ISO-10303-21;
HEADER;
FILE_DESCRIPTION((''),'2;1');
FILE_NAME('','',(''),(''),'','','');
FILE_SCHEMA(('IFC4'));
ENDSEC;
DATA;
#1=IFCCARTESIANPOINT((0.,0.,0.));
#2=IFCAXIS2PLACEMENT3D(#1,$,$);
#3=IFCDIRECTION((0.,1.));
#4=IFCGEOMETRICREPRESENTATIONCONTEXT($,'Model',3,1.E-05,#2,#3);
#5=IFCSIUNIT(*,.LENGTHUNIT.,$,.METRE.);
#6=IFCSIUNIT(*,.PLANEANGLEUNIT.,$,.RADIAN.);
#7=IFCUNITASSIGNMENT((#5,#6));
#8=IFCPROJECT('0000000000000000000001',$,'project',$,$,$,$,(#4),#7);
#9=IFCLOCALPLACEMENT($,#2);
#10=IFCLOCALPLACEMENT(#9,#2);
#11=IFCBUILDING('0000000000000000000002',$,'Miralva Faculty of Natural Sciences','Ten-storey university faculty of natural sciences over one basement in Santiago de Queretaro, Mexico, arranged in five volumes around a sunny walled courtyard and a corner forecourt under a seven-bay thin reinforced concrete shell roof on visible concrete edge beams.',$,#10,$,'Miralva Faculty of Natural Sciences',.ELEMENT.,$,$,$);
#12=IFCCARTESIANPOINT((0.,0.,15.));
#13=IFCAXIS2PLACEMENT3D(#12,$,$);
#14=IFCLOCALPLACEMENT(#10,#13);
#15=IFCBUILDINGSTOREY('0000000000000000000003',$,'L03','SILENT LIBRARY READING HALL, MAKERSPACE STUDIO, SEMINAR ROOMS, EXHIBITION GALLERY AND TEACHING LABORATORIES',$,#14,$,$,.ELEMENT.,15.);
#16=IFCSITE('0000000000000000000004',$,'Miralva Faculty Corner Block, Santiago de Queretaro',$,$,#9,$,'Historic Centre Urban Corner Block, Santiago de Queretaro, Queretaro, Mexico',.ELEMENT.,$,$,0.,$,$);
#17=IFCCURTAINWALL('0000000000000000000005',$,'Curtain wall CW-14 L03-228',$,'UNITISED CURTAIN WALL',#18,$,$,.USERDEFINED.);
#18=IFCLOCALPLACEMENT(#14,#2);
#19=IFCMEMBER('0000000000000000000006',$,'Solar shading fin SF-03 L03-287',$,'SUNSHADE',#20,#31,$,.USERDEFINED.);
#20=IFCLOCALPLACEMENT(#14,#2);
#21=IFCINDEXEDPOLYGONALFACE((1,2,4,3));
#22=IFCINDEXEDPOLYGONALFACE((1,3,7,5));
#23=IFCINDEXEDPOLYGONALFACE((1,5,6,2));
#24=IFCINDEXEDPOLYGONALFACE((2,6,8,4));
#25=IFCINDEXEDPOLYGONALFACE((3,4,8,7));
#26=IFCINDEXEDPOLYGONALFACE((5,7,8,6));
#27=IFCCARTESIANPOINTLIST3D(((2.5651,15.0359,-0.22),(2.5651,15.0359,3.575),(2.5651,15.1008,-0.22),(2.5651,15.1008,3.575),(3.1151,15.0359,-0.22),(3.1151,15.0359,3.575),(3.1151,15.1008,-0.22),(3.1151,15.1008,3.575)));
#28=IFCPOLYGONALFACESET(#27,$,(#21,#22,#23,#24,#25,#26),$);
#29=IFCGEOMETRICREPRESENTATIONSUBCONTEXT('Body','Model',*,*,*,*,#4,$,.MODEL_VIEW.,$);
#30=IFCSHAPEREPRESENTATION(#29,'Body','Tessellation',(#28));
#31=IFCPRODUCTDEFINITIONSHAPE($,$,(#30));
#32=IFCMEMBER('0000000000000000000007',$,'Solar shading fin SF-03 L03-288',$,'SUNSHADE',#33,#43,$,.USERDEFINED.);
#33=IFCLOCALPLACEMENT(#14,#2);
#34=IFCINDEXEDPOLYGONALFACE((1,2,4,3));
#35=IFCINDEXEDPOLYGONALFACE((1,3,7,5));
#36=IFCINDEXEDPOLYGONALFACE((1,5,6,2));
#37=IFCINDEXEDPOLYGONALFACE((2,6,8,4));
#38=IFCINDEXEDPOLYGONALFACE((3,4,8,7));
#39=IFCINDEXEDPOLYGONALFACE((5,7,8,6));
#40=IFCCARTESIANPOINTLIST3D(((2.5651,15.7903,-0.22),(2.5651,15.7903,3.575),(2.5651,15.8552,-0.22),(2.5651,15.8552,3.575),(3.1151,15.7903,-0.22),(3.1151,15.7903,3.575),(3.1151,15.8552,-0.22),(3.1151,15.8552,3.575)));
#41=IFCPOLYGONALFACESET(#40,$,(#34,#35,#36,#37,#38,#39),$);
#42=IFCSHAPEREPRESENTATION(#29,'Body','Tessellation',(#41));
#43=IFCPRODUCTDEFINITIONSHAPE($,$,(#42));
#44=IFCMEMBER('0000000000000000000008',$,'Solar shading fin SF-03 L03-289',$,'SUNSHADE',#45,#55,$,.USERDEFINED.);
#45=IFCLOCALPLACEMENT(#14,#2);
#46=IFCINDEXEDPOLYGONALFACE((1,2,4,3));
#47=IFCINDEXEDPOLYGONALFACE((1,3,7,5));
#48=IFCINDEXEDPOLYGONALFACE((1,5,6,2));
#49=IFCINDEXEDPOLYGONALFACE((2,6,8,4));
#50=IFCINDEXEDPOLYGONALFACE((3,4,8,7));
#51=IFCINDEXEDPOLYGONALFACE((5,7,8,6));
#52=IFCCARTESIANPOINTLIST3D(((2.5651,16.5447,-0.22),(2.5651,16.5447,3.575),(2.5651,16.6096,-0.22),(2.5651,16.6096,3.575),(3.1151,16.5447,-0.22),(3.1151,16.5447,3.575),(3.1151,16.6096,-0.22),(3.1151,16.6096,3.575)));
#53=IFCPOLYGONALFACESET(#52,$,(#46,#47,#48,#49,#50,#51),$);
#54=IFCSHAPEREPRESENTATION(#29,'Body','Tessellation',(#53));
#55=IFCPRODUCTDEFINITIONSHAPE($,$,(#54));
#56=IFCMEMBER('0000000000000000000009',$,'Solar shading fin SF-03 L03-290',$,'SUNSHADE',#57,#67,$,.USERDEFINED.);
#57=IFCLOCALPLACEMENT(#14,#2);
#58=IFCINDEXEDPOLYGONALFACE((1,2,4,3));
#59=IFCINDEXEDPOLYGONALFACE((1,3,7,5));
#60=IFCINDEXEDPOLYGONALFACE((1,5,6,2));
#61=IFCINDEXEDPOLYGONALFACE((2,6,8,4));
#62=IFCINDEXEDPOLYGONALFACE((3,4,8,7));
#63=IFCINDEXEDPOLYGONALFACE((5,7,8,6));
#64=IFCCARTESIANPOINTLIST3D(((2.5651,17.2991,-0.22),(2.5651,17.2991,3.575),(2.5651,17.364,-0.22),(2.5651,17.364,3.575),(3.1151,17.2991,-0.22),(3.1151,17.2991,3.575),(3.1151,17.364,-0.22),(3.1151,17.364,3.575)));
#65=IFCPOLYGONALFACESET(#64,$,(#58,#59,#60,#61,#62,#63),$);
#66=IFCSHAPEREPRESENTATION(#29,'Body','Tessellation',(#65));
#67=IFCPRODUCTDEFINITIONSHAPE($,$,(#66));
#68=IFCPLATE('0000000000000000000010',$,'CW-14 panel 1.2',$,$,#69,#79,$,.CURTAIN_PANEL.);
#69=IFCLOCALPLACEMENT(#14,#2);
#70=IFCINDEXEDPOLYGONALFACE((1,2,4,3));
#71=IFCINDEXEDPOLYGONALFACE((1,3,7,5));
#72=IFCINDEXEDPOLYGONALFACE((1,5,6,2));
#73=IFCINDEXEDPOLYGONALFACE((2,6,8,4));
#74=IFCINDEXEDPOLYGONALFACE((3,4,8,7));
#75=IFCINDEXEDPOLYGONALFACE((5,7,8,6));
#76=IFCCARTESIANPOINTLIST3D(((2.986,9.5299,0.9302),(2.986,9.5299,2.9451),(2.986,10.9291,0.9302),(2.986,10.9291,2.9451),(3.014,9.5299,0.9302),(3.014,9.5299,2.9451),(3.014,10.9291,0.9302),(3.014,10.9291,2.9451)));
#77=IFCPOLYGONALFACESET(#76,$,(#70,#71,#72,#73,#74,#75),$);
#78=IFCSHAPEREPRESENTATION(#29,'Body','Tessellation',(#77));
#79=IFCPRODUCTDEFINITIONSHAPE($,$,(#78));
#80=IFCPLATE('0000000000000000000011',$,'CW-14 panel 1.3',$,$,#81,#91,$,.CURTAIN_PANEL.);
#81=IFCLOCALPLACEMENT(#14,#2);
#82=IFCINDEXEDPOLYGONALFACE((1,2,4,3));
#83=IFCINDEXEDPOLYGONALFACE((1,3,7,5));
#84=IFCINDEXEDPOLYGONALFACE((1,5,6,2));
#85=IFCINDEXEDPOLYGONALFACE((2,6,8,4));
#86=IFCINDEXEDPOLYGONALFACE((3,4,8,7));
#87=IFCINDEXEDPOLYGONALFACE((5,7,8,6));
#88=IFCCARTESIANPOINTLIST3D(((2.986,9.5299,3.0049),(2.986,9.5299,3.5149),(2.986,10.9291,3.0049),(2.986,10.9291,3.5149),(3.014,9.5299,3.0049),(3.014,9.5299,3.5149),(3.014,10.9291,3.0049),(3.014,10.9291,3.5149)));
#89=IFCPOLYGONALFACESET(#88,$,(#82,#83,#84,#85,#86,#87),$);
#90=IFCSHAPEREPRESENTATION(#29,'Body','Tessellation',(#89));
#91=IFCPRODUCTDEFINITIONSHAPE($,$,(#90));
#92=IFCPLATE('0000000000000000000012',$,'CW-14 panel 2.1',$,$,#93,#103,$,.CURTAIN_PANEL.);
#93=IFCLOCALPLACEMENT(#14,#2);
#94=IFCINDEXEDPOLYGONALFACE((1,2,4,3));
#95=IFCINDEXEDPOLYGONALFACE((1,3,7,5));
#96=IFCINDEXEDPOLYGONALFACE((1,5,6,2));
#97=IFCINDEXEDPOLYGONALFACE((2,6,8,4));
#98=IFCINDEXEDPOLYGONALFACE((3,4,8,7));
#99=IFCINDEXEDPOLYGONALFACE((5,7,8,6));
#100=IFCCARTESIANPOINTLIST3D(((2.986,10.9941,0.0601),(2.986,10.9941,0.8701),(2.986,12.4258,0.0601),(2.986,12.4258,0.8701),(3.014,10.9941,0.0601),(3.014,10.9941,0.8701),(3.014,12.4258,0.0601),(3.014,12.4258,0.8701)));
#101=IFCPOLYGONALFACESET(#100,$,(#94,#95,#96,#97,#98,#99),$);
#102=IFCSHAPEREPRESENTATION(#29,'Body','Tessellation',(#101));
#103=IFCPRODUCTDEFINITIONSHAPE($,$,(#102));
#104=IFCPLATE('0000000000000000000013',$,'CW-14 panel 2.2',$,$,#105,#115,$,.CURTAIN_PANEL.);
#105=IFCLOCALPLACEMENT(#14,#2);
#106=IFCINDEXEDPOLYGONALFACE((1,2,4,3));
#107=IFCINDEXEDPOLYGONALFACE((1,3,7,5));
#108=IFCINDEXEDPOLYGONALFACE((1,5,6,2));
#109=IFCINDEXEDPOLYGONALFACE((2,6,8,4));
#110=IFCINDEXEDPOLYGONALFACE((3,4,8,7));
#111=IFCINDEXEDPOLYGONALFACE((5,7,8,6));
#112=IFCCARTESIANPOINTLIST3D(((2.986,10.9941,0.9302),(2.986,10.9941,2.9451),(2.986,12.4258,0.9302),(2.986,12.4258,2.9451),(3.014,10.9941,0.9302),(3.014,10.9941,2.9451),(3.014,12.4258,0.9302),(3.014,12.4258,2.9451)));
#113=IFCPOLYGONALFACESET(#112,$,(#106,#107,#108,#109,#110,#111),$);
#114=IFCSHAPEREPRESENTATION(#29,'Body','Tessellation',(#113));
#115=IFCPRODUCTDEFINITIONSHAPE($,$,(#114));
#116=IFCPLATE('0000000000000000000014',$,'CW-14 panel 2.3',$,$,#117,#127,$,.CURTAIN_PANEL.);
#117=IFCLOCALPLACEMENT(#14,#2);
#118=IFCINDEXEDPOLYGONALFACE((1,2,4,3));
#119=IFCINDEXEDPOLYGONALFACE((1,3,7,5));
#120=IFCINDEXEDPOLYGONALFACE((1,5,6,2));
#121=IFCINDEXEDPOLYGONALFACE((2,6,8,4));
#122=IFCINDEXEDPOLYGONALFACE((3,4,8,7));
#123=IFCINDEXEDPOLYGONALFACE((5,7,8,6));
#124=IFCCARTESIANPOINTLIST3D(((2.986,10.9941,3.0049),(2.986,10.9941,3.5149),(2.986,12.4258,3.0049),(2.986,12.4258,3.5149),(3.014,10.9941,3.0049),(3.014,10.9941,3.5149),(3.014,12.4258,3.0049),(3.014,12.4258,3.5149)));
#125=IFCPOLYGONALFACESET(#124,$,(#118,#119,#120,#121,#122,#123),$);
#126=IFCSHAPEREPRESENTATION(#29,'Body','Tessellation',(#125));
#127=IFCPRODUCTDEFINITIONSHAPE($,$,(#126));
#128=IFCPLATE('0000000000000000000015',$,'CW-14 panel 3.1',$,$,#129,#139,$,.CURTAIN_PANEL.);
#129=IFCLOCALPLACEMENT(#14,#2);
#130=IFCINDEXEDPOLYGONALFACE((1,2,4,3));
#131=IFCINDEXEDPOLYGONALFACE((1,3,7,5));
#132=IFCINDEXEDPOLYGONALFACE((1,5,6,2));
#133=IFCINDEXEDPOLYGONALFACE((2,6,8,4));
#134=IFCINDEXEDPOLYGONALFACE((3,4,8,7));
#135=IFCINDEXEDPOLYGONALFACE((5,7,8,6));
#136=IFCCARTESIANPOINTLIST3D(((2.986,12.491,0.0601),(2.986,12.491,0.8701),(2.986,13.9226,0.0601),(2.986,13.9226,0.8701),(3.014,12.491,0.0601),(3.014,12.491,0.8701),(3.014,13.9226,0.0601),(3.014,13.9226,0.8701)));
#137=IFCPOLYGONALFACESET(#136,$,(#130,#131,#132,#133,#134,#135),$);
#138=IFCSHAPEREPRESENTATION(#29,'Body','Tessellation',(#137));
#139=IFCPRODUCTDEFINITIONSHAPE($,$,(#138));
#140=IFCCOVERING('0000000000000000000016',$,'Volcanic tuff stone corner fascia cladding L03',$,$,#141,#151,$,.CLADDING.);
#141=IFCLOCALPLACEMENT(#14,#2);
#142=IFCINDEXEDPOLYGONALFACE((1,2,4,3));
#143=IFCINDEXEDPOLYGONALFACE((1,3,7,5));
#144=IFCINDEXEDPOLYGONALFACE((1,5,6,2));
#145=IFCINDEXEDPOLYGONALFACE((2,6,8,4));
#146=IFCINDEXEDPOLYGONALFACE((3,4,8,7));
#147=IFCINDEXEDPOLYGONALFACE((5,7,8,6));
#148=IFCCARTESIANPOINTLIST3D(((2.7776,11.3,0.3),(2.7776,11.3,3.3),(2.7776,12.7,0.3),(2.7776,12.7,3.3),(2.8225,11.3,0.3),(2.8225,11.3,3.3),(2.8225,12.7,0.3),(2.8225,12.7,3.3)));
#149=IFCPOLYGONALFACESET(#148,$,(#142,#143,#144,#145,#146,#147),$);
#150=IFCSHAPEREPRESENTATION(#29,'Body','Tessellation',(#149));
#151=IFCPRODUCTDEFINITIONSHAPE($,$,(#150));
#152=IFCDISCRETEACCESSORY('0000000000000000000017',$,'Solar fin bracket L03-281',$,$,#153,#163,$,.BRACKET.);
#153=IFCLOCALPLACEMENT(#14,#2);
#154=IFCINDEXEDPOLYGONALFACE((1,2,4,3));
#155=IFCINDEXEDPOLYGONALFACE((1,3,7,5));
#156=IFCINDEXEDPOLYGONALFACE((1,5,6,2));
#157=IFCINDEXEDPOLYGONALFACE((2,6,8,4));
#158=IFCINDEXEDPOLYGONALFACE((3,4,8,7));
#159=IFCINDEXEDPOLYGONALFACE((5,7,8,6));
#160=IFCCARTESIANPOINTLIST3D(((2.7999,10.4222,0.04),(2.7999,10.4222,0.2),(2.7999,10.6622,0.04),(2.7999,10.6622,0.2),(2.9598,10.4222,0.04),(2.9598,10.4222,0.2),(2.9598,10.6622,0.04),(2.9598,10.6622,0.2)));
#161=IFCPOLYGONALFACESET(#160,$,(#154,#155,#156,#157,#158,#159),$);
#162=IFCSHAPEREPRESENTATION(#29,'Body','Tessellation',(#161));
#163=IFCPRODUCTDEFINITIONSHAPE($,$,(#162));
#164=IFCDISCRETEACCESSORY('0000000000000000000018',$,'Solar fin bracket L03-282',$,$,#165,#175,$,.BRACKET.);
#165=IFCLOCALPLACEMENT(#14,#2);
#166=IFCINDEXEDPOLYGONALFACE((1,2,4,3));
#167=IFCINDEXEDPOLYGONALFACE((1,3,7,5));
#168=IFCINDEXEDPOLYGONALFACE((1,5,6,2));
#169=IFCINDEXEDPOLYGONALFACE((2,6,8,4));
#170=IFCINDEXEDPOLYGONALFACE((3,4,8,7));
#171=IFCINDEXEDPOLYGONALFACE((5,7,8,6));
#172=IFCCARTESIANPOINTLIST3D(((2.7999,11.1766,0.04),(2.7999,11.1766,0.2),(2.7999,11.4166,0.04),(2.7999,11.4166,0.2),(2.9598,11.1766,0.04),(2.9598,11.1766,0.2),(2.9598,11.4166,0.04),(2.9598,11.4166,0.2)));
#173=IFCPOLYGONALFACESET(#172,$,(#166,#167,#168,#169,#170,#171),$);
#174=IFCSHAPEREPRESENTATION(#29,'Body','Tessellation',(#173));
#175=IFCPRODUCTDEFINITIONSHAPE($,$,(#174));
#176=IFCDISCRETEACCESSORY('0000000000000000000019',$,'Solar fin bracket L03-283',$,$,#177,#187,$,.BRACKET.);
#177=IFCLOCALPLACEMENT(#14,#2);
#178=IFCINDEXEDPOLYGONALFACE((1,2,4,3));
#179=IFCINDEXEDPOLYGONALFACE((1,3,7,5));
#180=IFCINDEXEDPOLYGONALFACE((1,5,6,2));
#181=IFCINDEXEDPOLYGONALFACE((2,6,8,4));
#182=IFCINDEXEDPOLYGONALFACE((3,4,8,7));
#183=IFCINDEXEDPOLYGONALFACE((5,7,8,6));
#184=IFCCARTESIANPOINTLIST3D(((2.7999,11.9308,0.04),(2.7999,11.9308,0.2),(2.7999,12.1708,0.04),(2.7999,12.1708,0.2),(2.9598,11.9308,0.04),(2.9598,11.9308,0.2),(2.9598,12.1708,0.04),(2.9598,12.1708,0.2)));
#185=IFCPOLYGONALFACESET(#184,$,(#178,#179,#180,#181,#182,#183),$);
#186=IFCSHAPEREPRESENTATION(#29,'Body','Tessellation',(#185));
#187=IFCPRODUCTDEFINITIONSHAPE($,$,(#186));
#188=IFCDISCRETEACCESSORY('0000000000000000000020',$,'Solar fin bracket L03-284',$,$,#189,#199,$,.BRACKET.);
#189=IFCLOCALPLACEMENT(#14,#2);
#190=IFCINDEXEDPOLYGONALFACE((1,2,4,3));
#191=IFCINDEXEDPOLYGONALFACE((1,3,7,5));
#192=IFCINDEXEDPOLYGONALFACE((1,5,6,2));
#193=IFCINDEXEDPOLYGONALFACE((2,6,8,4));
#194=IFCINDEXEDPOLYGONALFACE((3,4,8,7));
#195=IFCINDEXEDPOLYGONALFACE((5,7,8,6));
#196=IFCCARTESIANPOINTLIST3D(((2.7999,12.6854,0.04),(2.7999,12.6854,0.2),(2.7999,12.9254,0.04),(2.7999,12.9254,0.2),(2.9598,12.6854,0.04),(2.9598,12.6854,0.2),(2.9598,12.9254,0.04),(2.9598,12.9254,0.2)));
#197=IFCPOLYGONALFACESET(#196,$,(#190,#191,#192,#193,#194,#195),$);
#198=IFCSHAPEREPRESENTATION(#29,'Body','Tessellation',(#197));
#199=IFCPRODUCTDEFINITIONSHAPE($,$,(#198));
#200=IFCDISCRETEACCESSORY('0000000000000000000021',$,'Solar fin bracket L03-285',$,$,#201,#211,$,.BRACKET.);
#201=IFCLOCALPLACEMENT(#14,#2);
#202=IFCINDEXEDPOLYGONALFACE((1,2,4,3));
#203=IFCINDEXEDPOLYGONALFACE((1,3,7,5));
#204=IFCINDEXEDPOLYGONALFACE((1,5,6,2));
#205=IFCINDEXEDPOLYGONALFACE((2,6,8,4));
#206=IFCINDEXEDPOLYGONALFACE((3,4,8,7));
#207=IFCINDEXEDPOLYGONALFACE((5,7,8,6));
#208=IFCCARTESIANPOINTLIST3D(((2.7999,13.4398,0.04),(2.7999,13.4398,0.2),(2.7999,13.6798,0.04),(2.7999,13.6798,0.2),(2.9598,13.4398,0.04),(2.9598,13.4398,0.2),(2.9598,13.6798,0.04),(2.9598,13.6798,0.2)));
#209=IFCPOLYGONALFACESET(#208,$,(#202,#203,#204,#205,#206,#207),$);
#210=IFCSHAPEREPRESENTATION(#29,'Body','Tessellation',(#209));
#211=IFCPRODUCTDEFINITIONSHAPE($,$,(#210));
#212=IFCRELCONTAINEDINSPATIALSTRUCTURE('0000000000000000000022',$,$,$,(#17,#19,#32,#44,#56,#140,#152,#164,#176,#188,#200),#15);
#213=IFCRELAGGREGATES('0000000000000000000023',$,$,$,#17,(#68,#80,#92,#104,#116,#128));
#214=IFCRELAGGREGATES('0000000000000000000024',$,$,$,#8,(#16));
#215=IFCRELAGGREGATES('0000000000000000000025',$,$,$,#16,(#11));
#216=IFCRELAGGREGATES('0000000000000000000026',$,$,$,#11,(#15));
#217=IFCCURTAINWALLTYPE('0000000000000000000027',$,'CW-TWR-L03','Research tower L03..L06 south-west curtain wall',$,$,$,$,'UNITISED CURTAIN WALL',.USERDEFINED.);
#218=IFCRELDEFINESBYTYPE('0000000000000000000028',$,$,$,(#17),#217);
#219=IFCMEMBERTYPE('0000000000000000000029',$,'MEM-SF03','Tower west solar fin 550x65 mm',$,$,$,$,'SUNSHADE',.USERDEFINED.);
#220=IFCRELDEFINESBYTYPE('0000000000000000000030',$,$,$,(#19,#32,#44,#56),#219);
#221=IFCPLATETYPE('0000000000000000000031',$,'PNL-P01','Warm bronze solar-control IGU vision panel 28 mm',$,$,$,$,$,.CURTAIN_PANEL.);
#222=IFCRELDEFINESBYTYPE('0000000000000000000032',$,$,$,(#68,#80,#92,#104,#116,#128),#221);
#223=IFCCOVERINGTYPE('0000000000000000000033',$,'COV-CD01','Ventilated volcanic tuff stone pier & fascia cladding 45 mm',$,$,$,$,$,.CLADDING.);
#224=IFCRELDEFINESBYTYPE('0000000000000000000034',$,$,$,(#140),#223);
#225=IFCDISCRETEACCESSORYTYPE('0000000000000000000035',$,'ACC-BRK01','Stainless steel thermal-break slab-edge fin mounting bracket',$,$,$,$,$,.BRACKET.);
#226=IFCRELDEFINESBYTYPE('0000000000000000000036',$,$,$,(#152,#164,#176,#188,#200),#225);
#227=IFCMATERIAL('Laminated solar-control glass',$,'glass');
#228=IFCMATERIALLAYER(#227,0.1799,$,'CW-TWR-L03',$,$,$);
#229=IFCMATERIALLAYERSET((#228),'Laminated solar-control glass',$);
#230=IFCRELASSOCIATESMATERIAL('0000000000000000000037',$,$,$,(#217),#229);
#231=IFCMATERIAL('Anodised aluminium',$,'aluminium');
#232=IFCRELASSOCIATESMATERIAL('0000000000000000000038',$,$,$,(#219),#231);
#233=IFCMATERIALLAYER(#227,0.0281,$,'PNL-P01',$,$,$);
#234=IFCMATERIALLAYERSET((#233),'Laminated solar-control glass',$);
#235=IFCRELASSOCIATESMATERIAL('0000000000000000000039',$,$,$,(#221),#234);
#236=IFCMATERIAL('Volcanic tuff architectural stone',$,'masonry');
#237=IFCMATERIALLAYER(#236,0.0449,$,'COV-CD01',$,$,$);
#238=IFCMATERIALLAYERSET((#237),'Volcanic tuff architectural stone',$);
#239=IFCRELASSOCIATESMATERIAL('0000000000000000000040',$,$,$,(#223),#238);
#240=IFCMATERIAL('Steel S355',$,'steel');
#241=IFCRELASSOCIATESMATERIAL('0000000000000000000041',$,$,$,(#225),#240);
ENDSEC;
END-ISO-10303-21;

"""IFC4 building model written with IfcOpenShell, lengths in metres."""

from ifc_helpers import new_model, si_unit, direction, frame, origin, origin_2d, place, context, subcontext, project, spatial, rectangle, extrude, material, layer, layer_set, material_profile, profile_set, type_object, element, aggregate, save


model = new_model("IFC4")

# Units and contexts
model_context = context("Model", 3, precision=1e-05, world=origin(), true_north=direction((0.0, 1.0)))
body_context = subcontext(model_context, "Body", "Model", "MODEL_VIEW")
ifc_project = project(units=[si_unit("LENGTHUNIT", "METRE"), si_unit("PLANEANGLEUNIT", "RADIAN")], contexts=[model_context])

# Site, building, storey
site_placement = place(None, origin())
site = spatial("IfcSite", under=ifc_project, at=site_placement, Name="Miralva Faculty Corner Block, Santiago de Queretaro", LongName="Historic Centre Urban Corner Block, Santiago de Queretaro, Queretaro, Mexico", CompositionType="ELEMENT", RefElevation=0.0)
building_placement = place(site_placement, origin())
building = spatial("IfcBuilding", under=site, at=building_placement, Name="Miralva Faculty of Natural Sciences", Description="Ten-storey university faculty of natural sciences over one basement in Santiago de Queretaro, Mexico, arranged in five volumes around a sunny walled courtyard and a corner forecourt under a seven-bay thin reinforced concrete shell roof on visible concrete edge beams.", LongName="Miralva Faculty of Natural Sciences", CompositionType="ELEMENT")
storey_placement = place(building_placement, frame((0.0, 0.0, 15.0)))
storey = spatial("IfcBuildingStorey", under=building, at=storey_placement, Name="L03", Description="SILENT LIBRARY READING HALL, MAKERSPACE STUDIO, SEMINAR ROOMS, EXHIBITION GALLERY AND TEACHING LABORATORIES", CompositionType="ELEMENT", Elevation=15.0)

# Curtain wall
ifc_material_1 = material(Name="Laminated solar-control glass", Category="glass")
ifc_layer_1 = layer(ifc_material_1, 0.1799, Name="CW-TWR-L03")
ifc_layer_set_1 = layer_set([ifc_layer_1], Name="Laminated solar-control glass")
curtain_wall_type = type_object("IfcCurtainWallType", Name="CW-TWR-L03", Description="Research tower L03..L06 south-west curtain wall", ElementType="UNITISED CURTAIN WALL", PredefinedType="USERDEFINED", material=ifc_layer_set_1)
curtain_wall_placement = place(storey_placement, origin())
curtain_wall = element("IfcCurtainWall", 1, at=curtain_wall_placement, inside=storey, type_object=curtain_wall_type, Name="Curtain wall CW-14 L03-228", ObjectType="UNITISED CURTAIN WALL", PredefinedType="USERDEFINED")
ifc_material_2 = material(Name="Anodised aluminium", Category="aluminium")

# Members
ifc_material_profile_1 = material_profile(ifc_material_2, rectangle(XDim=0.0649, YDim=0.55, at=origin_2d()), Name="FIN 550x65")
ifc_profile_set_1 = profile_set([ifc_material_profile_1], Name="Anodised aluminium")
member_type_1 = type_object("IfcMemberType", Name="MEM-SF03", Description="Tower west solar fin 550x65 mm", ElementType="SUNSHADE", PredefinedType="USERDEFINED", material=ifc_profile_set_1)
for number, where, z_axis, x_axis, name in (
    (2, (2.8401, 15.0684, -0.22), (0.0, 0.0, 1.0), (0.0, -1.0, 0.0), "Solar shading fin SF-03 L03-287"),
    (3, (2.8401, 15.8228, -0.22), (0.0, 0.0, 1.0), (0.0, -1.0, 0.0), "Solar shading fin SF-03 L03-288"),
    (4, (2.8401, 16.5771, -0.22), (0.0, 0.0, 1.0), (0.0, -1.0, 0.0), "Solar shading fin SF-03 L03-289"),
    (5, (2.8401, 17.3315, -0.22), (0.0, 0.0, 1.0), (0.0, -1.0, 0.0), "Solar shading fin SF-03 L03-290"),
):
    element("IfcMember", number, at=place(storey_placement, frame(where, z_axis=z_axis, x_axis=x_axis)), inside=storey, type_object=member_type_1, Name=name, ObjectType="SUNSHADE", PredefinedType="USERDEFINED", context=body_context, shape_type="SweptSolid", body=[
        extrude(rectangle(XDim=0.0649, YDim=0.55, at=origin_2d()), origin(), (0.0, 0.0, 1.0), 3.7949),
    ])

# Plates
ifc_layer_2 = layer(ifc_material_1, 0.0281, Name="PNL-P01")
ifc_layer_set_2 = layer_set([ifc_layer_2], Name="Laminated solar-control glass")
plate_type = type_object("IfcPlateType", Name="PNL-P01", Description="Warm bronze solar-control IGU vision panel 28 mm", PredefinedType="CURTAIN_PANEL", material=ifc_layer_set_2)
plate_1_placement = place(storey_placement, frame((3.0, 10.2295, 0.9302), z_axis=(0.0, 0.0, 1.0), x_axis=(0.0, 1.0, 0.0)))
plate_1 = element("IfcPlate", 6, at=plate_1_placement, type_object=plate_type, Name="CW-14 panel 1.2", PredefinedType="CURTAIN_PANEL", context=body_context, shape_type="SweptSolid", body=[
    extrude(rectangle(XDim=1.3992, YDim=0.0281, at=origin_2d()), origin(), (0.0, 0.0, 1.0), 2.0149),
])
plate_2_placement = place(storey_placement, frame((3.0, 10.2295, 3.0049), z_axis=(0.0, 0.0, 1.0), x_axis=(0.0, 1.0, 0.0)))
plate_2 = element("IfcPlate", 7, at=plate_2_placement, type_object=plate_type, Name="CW-14 panel 1.3", PredefinedType="CURTAIN_PANEL", context=body_context, shape_type="SweptSolid", body=[
    extrude(rectangle(XDim=1.3992, YDim=0.0281, at=origin_2d()), origin(), (0.0, 0.0, 1.0), 0.51),
])
plate_3_placement = place(storey_placement, frame((3.0, 11.71, 0.0601), z_axis=(0.0, 0.0, 1.0), x_axis=(0.0, 1.0, 0.0)))
plate_3 = element("IfcPlate", 8, at=plate_3_placement, type_object=plate_type, Name="CW-14 panel 2.1", PredefinedType="CURTAIN_PANEL", context=body_context, shape_type="SweptSolid", body=[
    extrude(rectangle(XDim=1.4316, YDim=0.0281, at=origin_2d()), origin(), (0.0, 0.0, 1.0), 0.8101),
])
plate_4_placement = place(storey_placement, frame((3.0, 11.71, 0.9302), z_axis=(0.0, 0.0, 1.0), x_axis=(0.0, 1.0, 0.0)))
plate_4 = element("IfcPlate", 9, at=plate_4_placement, type_object=plate_type, Name="CW-14 panel 2.2", PredefinedType="CURTAIN_PANEL", context=body_context, shape_type="SweptSolid", body=[
    extrude(rectangle(XDim=1.4316, YDim=0.0281, at=origin_2d()), origin(), (0.0, 0.0, 1.0), 2.0149),
])
plate_5_placement = place(storey_placement, frame((3.0, 11.71, 3.0049), z_axis=(0.0, 0.0, 1.0), x_axis=(0.0, 1.0, 0.0)))
plate_5 = element("IfcPlate", 10, at=plate_5_placement, type_object=plate_type, Name="CW-14 panel 2.3", PredefinedType="CURTAIN_PANEL", context=body_context, shape_type="SweptSolid", body=[
    extrude(rectangle(XDim=1.4316, YDim=0.0281, at=origin_2d()), origin(), (0.0, 0.0, 1.0), 0.51),
])
plate_6_placement = place(storey_placement, frame((3.0, 13.2068, 0.0601), z_axis=(0.0, 0.0, 1.0), x_axis=(0.0, 1.0, 0.0)))
plate_6 = element("IfcPlate", 11, at=plate_6_placement, type_object=plate_type, Name="CW-14 panel 3.1", PredefinedType="CURTAIN_PANEL", context=body_context, shape_type="SweptSolid", body=[
    extrude(rectangle(XDim=1.4316, YDim=0.0281, at=origin_2d()), origin(), (0.0, 0.0, 1.0), 0.8101),
])
aggregate(curtain_wall, [plate_1, plate_2, plate_3, plate_4, plate_5, plate_6])

# Covering
ifc_material_3 = material(Name="Volcanic tuff architectural stone", Category="masonry")
ifc_layer_3 = layer(ifc_material_3, 0.0449, Name="COV-CD01")
ifc_layer_set_3 = layer_set([ifc_layer_3], Name="Volcanic tuff architectural stone")
covering_type = type_object("IfcCoveringType", Name="COV-CD01", Description="Ventilated volcanic tuff stone pier & fascia cladding 45 mm", PredefinedType="CLADDING", material=ifc_layer_set_3)
covering_placement = place(storey_placement, frame((2.8, 12.0, 0.3), z_axis=(0.0, 0.0, 1.0), x_axis=(1.0, 0.0, 0.0)))
element("IfcCovering", 12, at=covering_placement, inside=storey, type_object=covering_type, Name="Volcanic tuff stone corner fascia cladding L03", PredefinedType="CLADDING", context=body_context, shape_type="SweptSolid", body=[
    extrude(rectangle(XDim=0.0449, YDim=1.3999, at=origin_2d()), origin(), (0.0, 0.0, 1.0), 3.0),
])

# Discrete accessories
ifc_material_4 = material(Name="Steel S355", Category="steel")
discrete_accessory_type = type_object("IfcDiscreteAccessoryType", Name="ACC-BRK01", Description="Stainless steel thermal-break slab-edge fin mounting bracket", PredefinedType="BRACKET", material=ifc_material_4)
for number, where, z_axis, x_axis, name in (
    (13, (2.8799, 10.5422, 0.04), (0.0, 0.0, 1.0), (-1.0, 0.0, 0.0), "Solar fin bracket L03-281"),
    (14, (2.8799, 11.2966, 0.04), (0.0, 0.0, 1.0), (-1.0, 0.0, 0.0), "Solar fin bracket L03-282"),
    (15, (2.8799, 12.0508, 0.04), (0.0, 0.0, 1.0), (-1.0, 0.0, 0.0), "Solar fin bracket L03-283"),
    (16, (2.8799, 12.8054, 0.04), (0.0, 0.0, 1.0), (-1.0, 0.0, 0.0), "Solar fin bracket L03-284"),
    (17, (2.8799, 13.5598, 0.04), (0.0, 0.0, 1.0), (-1.0, 0.0, 0.0), "Solar fin bracket L03-285"),
):
    element("IfcDiscreteAccessory", number, at=place(storey_placement, frame(where, z_axis=z_axis, x_axis=x_axis)), inside=storey, type_object=discrete_accessory_type, Name=name, PredefinedType="BRACKET", context=body_context, shape_type="SweptSolid", body=[
        extrude(rectangle(XDim=0.1599, YDim=0.24, at=origin_2d()), origin(), (0.0, 0.0, 1.0), 0.1599),
    ])

save(model, "model.ifc")
